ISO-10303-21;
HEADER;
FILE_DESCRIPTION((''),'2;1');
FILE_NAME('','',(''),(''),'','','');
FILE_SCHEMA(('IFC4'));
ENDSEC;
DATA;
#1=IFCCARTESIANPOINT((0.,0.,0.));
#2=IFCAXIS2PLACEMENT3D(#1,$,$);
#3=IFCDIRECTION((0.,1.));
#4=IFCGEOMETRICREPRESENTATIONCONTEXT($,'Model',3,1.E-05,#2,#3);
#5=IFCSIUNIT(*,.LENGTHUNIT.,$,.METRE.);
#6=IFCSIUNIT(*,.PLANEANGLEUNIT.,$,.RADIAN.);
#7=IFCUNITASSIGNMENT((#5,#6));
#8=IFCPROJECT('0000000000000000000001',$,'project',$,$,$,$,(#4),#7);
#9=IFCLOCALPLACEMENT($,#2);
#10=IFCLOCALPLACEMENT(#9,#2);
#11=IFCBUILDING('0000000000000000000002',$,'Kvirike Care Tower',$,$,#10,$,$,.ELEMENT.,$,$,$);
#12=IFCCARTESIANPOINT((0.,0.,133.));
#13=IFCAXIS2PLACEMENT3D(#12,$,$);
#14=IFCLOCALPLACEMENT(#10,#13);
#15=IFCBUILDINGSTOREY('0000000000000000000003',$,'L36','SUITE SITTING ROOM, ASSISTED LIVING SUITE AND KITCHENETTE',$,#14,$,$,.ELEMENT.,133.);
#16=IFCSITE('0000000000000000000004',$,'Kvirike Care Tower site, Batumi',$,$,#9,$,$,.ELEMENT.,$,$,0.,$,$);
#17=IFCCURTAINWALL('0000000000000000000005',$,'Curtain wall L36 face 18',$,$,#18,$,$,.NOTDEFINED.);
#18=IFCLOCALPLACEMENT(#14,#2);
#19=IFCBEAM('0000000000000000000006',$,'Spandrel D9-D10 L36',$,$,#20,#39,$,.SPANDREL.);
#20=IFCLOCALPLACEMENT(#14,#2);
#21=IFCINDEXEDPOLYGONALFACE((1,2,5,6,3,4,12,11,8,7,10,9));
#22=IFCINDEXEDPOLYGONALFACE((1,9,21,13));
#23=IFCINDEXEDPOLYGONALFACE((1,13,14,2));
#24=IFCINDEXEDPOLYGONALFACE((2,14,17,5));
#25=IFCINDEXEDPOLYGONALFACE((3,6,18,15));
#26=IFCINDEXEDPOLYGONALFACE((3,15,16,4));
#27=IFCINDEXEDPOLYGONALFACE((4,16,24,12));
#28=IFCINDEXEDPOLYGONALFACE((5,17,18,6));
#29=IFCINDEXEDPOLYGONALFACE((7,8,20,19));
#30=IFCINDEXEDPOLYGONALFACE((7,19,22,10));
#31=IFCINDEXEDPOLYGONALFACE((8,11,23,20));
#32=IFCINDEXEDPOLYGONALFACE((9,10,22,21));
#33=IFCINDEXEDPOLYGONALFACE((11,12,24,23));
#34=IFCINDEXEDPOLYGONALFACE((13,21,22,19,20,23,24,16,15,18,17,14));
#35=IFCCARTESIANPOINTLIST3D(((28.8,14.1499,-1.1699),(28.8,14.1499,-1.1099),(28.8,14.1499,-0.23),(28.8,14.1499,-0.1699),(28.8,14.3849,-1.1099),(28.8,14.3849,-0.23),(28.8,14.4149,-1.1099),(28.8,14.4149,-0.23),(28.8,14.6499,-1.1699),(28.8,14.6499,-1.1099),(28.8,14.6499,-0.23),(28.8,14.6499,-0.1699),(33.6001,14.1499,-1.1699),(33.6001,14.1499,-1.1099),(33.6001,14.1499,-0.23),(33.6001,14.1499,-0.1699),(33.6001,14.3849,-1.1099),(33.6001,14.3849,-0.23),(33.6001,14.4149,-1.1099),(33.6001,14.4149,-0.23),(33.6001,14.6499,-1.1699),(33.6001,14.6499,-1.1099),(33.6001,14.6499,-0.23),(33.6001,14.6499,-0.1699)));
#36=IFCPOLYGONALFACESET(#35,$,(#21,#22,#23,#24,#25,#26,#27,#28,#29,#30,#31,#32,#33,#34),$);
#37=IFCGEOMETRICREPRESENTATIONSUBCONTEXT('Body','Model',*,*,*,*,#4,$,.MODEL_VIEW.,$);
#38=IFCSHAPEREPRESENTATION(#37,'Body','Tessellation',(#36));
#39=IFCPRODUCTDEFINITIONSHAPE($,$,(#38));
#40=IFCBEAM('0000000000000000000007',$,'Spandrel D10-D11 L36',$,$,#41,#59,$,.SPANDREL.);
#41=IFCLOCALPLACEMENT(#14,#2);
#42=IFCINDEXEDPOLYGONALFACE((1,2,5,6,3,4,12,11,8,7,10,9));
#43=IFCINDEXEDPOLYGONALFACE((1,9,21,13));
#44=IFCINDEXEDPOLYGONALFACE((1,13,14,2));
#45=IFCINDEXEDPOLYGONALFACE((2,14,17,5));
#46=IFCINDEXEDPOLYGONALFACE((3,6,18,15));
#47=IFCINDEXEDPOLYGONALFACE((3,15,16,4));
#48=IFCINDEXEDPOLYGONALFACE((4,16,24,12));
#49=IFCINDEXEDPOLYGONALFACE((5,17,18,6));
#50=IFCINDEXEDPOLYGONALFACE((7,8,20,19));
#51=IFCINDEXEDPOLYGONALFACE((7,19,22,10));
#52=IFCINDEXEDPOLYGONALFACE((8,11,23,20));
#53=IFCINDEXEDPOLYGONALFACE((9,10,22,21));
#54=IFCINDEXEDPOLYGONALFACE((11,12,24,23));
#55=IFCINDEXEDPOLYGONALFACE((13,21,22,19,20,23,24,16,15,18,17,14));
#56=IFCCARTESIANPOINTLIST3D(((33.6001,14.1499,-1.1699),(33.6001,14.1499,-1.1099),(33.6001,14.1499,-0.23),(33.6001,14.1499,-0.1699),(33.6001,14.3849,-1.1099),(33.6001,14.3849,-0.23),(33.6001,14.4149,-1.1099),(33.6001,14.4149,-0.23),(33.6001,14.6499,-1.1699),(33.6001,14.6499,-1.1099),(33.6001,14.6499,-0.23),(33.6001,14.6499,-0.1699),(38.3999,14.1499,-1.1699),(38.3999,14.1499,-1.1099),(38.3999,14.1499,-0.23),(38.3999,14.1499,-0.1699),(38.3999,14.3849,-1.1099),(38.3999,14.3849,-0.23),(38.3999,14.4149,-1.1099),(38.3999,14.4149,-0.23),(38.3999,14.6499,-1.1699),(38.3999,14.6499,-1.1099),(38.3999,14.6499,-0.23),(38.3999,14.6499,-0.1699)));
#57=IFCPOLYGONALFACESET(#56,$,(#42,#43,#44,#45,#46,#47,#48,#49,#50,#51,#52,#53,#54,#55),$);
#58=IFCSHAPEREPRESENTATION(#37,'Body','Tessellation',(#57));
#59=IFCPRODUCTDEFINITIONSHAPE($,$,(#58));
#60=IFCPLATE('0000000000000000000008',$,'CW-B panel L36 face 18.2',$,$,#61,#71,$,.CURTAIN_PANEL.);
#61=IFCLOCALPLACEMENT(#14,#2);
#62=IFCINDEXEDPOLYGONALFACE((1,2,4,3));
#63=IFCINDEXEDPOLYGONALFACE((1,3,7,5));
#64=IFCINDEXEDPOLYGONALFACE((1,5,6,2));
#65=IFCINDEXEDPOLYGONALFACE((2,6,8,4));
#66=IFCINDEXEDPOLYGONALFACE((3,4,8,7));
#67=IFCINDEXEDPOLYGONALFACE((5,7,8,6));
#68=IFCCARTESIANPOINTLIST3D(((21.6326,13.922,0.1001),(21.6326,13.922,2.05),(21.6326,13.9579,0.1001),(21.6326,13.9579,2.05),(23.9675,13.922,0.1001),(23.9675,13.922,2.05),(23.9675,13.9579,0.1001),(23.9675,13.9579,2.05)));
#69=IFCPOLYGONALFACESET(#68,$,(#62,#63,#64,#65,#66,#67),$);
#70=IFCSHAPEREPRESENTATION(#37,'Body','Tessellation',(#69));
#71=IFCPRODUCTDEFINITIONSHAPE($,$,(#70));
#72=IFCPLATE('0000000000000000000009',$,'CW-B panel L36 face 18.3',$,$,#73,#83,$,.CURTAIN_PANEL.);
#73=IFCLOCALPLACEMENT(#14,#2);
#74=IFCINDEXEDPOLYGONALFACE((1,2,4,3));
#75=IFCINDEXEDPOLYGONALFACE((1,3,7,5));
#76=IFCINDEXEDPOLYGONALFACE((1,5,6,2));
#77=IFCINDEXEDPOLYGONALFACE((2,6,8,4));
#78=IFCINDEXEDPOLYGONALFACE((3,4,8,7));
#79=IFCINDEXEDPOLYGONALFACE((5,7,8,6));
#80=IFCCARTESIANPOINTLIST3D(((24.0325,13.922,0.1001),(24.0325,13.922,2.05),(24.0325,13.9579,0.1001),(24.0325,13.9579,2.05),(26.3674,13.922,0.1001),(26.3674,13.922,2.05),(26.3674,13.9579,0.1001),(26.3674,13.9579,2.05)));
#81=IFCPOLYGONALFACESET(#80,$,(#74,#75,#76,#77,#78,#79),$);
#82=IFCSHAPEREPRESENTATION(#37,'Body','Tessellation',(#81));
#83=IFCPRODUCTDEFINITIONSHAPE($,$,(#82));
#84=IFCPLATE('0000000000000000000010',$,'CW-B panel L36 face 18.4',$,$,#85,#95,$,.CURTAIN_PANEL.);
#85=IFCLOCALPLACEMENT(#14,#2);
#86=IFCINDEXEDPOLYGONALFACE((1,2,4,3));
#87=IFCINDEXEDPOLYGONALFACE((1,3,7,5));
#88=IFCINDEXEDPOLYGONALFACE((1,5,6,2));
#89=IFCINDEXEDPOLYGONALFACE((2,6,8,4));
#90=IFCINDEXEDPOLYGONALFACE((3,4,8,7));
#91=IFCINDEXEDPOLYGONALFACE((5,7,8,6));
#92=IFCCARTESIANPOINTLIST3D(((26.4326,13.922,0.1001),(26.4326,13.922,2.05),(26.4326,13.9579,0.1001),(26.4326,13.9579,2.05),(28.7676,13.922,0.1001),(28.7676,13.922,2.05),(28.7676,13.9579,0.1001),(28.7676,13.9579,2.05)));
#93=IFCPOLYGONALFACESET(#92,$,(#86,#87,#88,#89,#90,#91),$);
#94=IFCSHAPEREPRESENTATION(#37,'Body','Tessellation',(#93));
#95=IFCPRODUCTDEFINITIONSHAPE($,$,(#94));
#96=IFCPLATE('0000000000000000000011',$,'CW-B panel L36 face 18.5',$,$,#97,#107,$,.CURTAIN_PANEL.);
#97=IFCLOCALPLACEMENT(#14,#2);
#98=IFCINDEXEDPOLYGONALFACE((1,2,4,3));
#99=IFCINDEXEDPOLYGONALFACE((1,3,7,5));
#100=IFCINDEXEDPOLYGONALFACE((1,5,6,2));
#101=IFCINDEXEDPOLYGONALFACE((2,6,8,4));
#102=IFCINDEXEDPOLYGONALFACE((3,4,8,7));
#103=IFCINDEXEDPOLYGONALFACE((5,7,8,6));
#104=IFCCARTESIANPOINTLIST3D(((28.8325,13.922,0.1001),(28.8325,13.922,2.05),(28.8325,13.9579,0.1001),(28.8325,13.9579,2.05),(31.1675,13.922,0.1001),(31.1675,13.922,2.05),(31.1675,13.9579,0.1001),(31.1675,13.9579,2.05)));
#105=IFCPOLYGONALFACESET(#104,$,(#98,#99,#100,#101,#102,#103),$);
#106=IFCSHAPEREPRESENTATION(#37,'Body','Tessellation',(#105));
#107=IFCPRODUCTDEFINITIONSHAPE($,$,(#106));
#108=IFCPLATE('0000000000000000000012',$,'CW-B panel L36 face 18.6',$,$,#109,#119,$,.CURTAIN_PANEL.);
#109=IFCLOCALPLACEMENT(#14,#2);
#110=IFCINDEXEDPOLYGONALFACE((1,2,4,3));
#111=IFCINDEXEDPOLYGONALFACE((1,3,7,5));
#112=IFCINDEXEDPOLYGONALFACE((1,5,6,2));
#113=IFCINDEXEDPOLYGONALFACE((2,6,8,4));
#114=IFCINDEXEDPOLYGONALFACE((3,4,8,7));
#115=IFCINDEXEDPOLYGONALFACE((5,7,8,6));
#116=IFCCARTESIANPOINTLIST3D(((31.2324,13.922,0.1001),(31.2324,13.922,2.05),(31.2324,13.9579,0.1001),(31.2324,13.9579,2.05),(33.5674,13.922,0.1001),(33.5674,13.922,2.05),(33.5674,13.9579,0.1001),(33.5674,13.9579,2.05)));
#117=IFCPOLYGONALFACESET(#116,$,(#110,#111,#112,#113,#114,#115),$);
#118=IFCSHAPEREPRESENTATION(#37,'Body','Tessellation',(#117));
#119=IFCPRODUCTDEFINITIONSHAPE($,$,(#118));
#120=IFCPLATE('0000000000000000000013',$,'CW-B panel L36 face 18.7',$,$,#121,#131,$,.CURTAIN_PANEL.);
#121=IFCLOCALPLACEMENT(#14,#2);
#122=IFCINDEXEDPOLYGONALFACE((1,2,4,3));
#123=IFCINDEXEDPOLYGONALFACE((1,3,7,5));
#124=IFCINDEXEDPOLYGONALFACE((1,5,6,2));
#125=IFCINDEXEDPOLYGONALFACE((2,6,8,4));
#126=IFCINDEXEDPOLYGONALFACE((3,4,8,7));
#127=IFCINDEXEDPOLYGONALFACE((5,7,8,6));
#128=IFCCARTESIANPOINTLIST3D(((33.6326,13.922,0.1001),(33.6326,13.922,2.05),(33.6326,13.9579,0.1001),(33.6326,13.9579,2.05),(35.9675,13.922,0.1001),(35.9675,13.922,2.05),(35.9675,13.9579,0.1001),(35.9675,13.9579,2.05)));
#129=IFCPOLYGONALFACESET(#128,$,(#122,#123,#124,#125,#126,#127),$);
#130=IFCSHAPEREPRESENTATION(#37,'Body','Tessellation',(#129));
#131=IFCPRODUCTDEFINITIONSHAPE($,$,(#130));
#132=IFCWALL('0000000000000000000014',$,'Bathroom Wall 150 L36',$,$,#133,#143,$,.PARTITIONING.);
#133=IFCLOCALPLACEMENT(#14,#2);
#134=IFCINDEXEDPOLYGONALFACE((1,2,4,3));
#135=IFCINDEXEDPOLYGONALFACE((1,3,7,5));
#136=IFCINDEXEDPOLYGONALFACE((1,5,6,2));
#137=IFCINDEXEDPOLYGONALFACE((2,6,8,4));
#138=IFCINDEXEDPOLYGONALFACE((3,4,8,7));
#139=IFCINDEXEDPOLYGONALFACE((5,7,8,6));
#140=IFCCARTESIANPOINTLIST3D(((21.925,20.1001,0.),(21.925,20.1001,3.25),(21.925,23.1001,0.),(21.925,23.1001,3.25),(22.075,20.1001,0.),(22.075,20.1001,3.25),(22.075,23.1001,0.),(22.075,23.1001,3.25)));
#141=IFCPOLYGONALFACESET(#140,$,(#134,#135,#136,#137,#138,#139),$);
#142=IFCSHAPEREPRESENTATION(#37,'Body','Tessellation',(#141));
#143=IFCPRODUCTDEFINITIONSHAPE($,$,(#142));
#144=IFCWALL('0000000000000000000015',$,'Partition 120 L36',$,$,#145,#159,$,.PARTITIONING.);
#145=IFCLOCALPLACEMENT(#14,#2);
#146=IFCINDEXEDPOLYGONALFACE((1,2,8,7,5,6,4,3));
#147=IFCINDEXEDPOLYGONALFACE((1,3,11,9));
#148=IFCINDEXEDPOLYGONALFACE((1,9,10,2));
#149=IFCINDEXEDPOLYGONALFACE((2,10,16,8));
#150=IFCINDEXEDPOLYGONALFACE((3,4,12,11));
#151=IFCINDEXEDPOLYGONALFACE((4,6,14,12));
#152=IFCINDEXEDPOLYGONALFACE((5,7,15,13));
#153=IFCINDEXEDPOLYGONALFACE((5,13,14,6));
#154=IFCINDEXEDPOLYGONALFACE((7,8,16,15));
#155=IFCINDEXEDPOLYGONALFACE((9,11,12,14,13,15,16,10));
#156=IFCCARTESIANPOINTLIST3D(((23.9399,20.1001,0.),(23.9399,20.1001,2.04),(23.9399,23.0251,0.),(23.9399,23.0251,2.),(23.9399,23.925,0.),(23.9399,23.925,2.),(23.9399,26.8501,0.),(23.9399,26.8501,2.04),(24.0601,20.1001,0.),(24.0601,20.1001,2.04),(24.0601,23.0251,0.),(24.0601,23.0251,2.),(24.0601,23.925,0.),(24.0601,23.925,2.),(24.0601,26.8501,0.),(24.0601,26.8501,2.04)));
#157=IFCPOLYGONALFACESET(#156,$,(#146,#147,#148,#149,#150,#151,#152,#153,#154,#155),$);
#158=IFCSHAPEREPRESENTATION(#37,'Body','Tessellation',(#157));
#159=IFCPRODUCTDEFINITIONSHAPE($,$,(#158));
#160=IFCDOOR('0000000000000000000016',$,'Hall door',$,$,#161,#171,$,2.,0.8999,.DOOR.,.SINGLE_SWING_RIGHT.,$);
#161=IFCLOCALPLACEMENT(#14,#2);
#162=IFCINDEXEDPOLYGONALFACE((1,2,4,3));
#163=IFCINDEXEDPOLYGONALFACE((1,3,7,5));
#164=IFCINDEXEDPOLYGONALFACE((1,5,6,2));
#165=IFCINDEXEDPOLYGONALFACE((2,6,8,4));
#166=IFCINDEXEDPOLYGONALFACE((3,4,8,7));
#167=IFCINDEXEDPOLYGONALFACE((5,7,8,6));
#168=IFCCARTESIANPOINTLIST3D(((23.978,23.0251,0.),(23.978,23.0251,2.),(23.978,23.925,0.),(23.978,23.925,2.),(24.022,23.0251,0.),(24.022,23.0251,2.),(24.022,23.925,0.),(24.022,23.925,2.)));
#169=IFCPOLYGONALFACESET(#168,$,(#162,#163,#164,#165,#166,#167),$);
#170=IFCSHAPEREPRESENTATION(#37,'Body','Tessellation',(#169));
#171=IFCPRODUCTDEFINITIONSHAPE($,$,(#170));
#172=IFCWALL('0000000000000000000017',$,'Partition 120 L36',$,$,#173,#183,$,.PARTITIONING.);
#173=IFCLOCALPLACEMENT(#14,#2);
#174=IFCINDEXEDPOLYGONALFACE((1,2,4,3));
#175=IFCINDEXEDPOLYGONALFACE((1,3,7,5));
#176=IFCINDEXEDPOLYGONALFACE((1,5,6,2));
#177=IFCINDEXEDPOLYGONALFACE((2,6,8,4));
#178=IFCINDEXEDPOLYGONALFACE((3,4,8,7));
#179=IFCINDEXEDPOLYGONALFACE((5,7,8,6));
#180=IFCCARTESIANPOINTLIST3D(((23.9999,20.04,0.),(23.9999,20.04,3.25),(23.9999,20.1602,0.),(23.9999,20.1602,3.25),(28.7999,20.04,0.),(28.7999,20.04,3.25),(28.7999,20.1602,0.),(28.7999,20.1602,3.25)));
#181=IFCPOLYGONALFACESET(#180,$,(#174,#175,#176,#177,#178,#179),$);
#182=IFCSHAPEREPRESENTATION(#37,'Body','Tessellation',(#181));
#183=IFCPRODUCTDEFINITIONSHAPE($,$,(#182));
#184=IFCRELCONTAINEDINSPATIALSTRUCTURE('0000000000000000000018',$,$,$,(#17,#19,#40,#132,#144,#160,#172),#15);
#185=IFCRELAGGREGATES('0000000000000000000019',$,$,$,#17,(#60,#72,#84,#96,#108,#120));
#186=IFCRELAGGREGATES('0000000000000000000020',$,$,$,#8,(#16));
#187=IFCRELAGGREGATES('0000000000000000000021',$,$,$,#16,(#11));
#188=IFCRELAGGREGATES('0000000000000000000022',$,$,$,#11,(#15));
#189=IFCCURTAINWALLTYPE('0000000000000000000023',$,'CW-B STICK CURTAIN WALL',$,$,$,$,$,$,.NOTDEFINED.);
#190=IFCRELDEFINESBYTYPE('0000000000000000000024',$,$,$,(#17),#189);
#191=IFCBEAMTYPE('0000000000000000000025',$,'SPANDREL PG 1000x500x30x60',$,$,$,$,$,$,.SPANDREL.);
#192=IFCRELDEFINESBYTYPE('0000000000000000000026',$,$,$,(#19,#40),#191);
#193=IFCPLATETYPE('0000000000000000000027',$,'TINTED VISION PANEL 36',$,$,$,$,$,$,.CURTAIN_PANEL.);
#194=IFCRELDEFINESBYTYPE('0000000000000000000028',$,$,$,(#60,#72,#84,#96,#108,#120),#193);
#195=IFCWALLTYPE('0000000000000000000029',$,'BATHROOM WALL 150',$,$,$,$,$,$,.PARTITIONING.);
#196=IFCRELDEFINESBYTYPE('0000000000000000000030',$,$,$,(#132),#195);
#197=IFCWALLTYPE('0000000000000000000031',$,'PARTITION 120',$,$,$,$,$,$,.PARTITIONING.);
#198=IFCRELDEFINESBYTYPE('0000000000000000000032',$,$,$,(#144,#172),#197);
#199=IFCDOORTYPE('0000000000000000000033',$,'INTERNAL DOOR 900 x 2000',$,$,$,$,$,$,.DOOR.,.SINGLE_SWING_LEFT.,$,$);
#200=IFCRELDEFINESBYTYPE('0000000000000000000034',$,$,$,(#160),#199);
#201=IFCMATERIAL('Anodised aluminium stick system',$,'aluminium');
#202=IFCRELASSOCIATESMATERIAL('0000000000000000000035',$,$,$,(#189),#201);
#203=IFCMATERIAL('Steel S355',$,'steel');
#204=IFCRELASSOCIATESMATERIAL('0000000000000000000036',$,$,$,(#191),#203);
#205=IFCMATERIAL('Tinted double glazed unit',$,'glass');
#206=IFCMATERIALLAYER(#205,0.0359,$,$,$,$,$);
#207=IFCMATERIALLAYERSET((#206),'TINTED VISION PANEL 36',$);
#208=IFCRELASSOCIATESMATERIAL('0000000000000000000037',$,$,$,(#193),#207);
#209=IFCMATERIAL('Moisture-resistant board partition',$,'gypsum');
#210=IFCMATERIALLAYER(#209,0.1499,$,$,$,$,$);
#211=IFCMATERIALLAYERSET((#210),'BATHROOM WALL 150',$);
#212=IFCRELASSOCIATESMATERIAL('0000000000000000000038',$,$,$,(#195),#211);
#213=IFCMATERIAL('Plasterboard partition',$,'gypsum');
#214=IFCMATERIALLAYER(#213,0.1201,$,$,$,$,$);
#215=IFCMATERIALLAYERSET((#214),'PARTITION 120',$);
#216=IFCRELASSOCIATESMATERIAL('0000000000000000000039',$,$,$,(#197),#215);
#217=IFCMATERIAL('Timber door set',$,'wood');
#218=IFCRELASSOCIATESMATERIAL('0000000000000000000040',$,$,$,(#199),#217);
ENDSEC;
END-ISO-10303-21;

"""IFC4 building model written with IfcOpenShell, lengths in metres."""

from ifc_helpers import new_model, si_unit, direction, frame, frame_2d, origin, origin_2d, place, context, subcontext, project, spatial, rectangle, i_section, extrude, material, layer, layer_set, material_profile, profile_set, type_object, element, fill, aggregate, save


model = new_model("IFC4")

# Units and contexts
model_context = context("Model", 3, precision=1e-05, world=origin(), true_north=direction((0.0, 1.0)))
body_context = subcontext(model_context, "Body", "Model", "MODEL_VIEW")
ifc_project = project(units=[si_unit("LENGTHUNIT", "METRE"), si_unit("PLANEANGLEUNIT", "RADIAN")], contexts=[model_context])

# Site, building, storey
site_placement = place(None, origin())
site = spatial("IfcSite", under=ifc_project, at=site_placement, Name="Kvirike Care Tower site, Batumi", CompositionType="ELEMENT", RefElevation=0.0)
building_placement = place(site_placement, origin())
building = spatial("IfcBuilding", under=site, at=building_placement, Name="Kvirike Care Tower", CompositionType="ELEMENT")
storey_placement = place(building_placement, frame((0.0, 0.0, 133.0)))
storey = spatial("IfcBuildingStorey", under=building, at=storey_placement, Name="L36", Description="SUITE SITTING ROOM, ASSISTED LIVING SUITE AND KITCHENETTE", CompositionType="ELEMENT", Elevation=133.0)

# Curtain wall
ifc_material_1 = material(Name="Anodised aluminium stick system", Category="aluminium")
curtain_wall_type = type_object("IfcCurtainWallType", Name="CW-B STICK CURTAIN WALL", PredefinedType="NOTDEFINED", material=ifc_material_1)
curtain_wall_placement = place(storey_placement, origin())
curtain_wall = element("IfcCurtainWall", 1, at=curtain_wall_placement, inside=storey, type_object=curtain_wall_type, Name="Curtain wall L36 face 18", PredefinedType="NOTDEFINED")

# Beams
ifc_material_2 = material(Name="Steel S355", Category="steel")
ifc_material_profile_1 = material_profile(ifc_material_2, i_section(OverallWidth=0.5, OverallDepth=1.0, WebThickness=0.03, FlangeThickness=0.0601, at=origin_2d()), Name="PG 1000x500x30x60")
ifc_profile_set_1 = profile_set([ifc_material_profile_1], Name="Steel S355")
beam_type_1 = type_object("IfcBeamType", Name="SPANDREL PG 1000x500x30x60", PredefinedType="SPANDREL", material=ifc_profile_set_1)
for number, where, z_axis, x_axis, name in (
    (2, (28.8, 14.3999, -0.6699), (1.0, 0.0, 0.0), (0.0, 1.0, 0.0), "Spandrel D9-D10 L36"),
):
    element("IfcBeam", number, at=place(storey_placement, frame(where, z_axis=z_axis, x_axis=x_axis)), inside=storey, type_object=beam_type_1, Name=name, PredefinedType="SPANDREL", context=body_context, shape_type="SweptSolid", body=[
        extrude(i_section(OverallWidth=0.5, OverallDepth=1.0, WebThickness=0.03, FlangeThickness=0.0601, at=origin_2d()), origin(), (0.0, 0.0, 1.0), 4.8),
    ])
beam_1_placement = place(storey_placement, frame((33.6001, 14.3999, -0.6699), z_axis=(1.0, 0.0, 0.0), x_axis=(0.0, 1.0, 0.0)))
element("IfcBeam", 3, at=beam_1_placement, inside=storey, type_object=beam_type_1, Name="Spandrel D10-D11 L36", PredefinedType="SPANDREL", context=body_context, shape_type="SweptSolid", body=[
    extrude(i_section(OverallWidth=0.5, OverallDepth=1.0, WebThickness=0.03, FlangeThickness=0.0601, at=origin_2d()), origin(), (0.0, 0.0, 1.0), 4.7998),
])

# Plates
ifc_material_3 = material(Name="Tinted double glazed unit", Category="glass")
ifc_layer_1 = layer(ifc_material_3, 0.0359)
ifc_layer_set_1 = layer_set([ifc_layer_1], Name="TINTED VISION PANEL 36")
plate_type = type_object("IfcPlateType", Name="TINTED VISION PANEL 36", PredefinedType="CURTAIN_PANEL", material=ifc_layer_set_1)
plate_1_placement = place(storey_placement, frame((22.8, 13.9399, 0.1001), z_axis=(0.0, 0.0, 1.0), x_axis=(1.0, 0.0, 0.0)))
plate_1 = element("IfcPlate", 4, at=plate_1_placement, type_object=plate_type, Name="CW-B panel L36 face 18.2", PredefinedType="CURTAIN_PANEL", context=body_context, shape_type="SweptSolid", body=[
    extrude(rectangle(XDim=2.335, YDim=0.0359, at=origin_2d()), origin(), (0.0, 0.0, 1.0), 1.95),
])
plate_2_placement = place(storey_placement, frame((25.2, 13.9399, 0.1001), z_axis=(0.0, 0.0, 1.0), x_axis=(1.0, 0.0, 0.0)))
plate_2 = element("IfcPlate", 5, at=plate_2_placement, type_object=plate_type, Name="CW-B panel L36 face 18.3", PredefinedType="CURTAIN_PANEL", context=body_context, shape_type="SweptSolid", body=[
    extrude(rectangle(XDim=2.335, YDim=0.0359, at=origin_2d()), origin(), (0.0, 0.0, 1.0), 1.95),
])
plate_3_placement = place(storey_placement, frame((27.6001, 13.9399, 0.1001), z_axis=(0.0, 0.0, 1.0), x_axis=(1.0, 0.0, 0.0)))
plate_3 = element("IfcPlate", 6, at=plate_3_placement, type_object=plate_type, Name="CW-B panel L36 face 18.4", PredefinedType="CURTAIN_PANEL", context=body_context, shape_type="SweptSolid", body=[
    extrude(rectangle(XDim=2.335, YDim=0.0359, at=origin_2d()), origin(), (0.0, 0.0, 1.0), 1.95),
])
plate_4_placement = place(storey_placement, frame((30.0, 13.9399, 0.1001), z_axis=(0.0, 0.0, 1.0), x_axis=(1.0, 0.0, 0.0)))
plate_4 = element("IfcPlate", 7, at=plate_4_placement, type_object=plate_type, Name="CW-B panel L36 face 18.5", PredefinedType="CURTAIN_PANEL", context=body_context, shape_type="SweptSolid", body=[
    extrude(rectangle(XDim=2.335, YDim=0.0359, at=origin_2d()), origin(), (0.0, 0.0, 1.0), 1.95),
])
plate_5_placement = place(storey_placement, frame((32.3999, 13.9399, 0.1001), z_axis=(0.0, 0.0, 1.0), x_axis=(1.0, 0.0, 0.0)))
plate_5 = element("IfcPlate", 8, at=plate_5_placement, type_object=plate_type, Name="CW-B panel L36 face 18.6", PredefinedType="CURTAIN_PANEL", context=body_context, shape_type="SweptSolid", body=[
    extrude(rectangle(XDim=2.335, YDim=0.0359, at=origin_2d()), origin(), (0.0, 0.0, 1.0), 1.95),
])
plate_6_placement = place(storey_placement, frame((34.8, 13.9399, 0.1001), z_axis=(0.0, 0.0, 1.0), x_axis=(1.0, 0.0, 0.0)))
plate_6 = element("IfcPlate", 9, at=plate_6_placement, type_object=plate_type, Name="CW-B panel L36 face 18.7", PredefinedType="CURTAIN_PANEL", context=body_context, shape_type="SweptSolid", body=[
    extrude(rectangle(XDim=2.335, YDim=0.0359, at=origin_2d()), origin(), (0.0, 0.0, 1.0), 1.95),
])
aggregate(curtain_wall, [plate_1, plate_2, plate_3, plate_4, plate_5, plate_6])

# Wall
ifc_material_4 = material(Name="Moisture-resistant board partition", Category="gypsum")
ifc_layer_2 = layer(ifc_material_4, 0.1499)
ifc_layer_set_2 = layer_set([ifc_layer_2], Name="BATHROOM WALL 150")
wall_type_1 = type_object("IfcWallType", Name="BATHROOM WALL 150", PredefinedType="PARTITIONING", material=ifc_layer_set_2)
wall_1_placement = place(storey_placement, frame((22.0, 20.1001, 0.0), z_axis=(0.0, 0.0, 1.0), x_axis=(0.0, 1.0, 0.0)))
element("IfcWall", 10, at=wall_1_placement, inside=storey, type_object=wall_type_1, Name="Bathroom Wall 150 L36", PredefinedType="PARTITIONING", context=body_context, shape_type="SweptSolid", body=[
    extrude(rectangle(XDim=3.0, YDim=0.1499, at=frame_2d((1.5, 0.0))), origin(), (0.0, 0.0, 1.0), 3.25),
])

# Wall, opening, door
ifc_material_5 = material(Name="Plasterboard partition", Category="gypsum")
ifc_layer_3 = layer(ifc_material_5, 0.1201)
ifc_layer_set_3 = layer_set([ifc_layer_3], Name="PARTITION 120")
wall_type_2 = type_object("IfcWallType", Name="PARTITION 120", PredefinedType="PARTITIONING", material=ifc_layer_set_3)
wall_2_placement = place(storey_placement, frame((24.0, 20.1001, 0.0), z_axis=(0.0, 0.0, 1.0), x_axis=(0.0, 1.0, 0.0)))
wall_2 = element("IfcWall", 11, at=wall_2_placement, inside=storey, type_object=wall_type_2, Name="Partition 120 L36", PredefinedType="PARTITIONING", context=body_context, shape_type="SweptSolid", body=[
    extrude(rectangle(XDim=6.75, YDim=0.1201, at=frame_2d((3.375, 0.0))), origin(), (0.0, 0.0, 1.0), 2.04),
])
opening_placement = place(wall_2_placement, frame((2.925, 0.0, 0.0)))
opening = element("IfcOpeningElement", 12, at=opening_placement, cuts=wall_2, PredefinedType="OPENING", context=body_context, shape_type="SweptSolid", body=[
    extrude(rectangle(XDim=0.8999, YDim=2.0, at=frame_2d((0.45, 1.0))), frame((0.0, 0.0706, 0.0), z_axis=(0.0, -1.0, 0.0), x_axis=(1.0, 0.0, 0.0)), (0.0, 0.0, 1.0), 0.1411),
])
ifc_material_6 = material(Name="Timber door set", Category="wood")
door_type = type_object("IfcDoorType", Name="INTERNAL DOOR 900 x 2000", OperationType="SINGLE_SWING_LEFT", PredefinedType="DOOR", material=ifc_material_6)
door_placement = place(opening_placement, frame((0.8999, 0.0, 0.0), z_axis=(0.0, 0.0, 1.0), x_axis=(-1.0, 0.0, 0.0)))
door = element("IfcDoor", 13, at=door_placement, inside=storey, type_object=door_type, Name="Hall door", OperationType="SINGLE_SWING_RIGHT", OverallHeight=2.0, OverallWidth=0.8999, PredefinedType="DOOR", context=body_context, shape_type="SweptSolid", body=[
    extrude(rectangle(XDim=0.8999, YDim=2.0, at=frame_2d((0.45, 1.0))), frame((0.0, 0.022, 0.0), z_axis=(0.0, -1.0, 0.0), x_axis=(1.0, 0.0, 0.0)), (0.0, 0.0, 1.0), 0.0439),
])
fill(opening, door)

# Wall
wall_3_placement = place(storey_placement, frame((24.0, 20.1001, 0.0), z_axis=(0.0, 0.0, 1.0), x_axis=(1.0, 0.0, 0.0)))
element("IfcWall", 14, at=wall_3_placement, inside=storey, type_object=wall_type_2, Name="Partition 120 L36", PredefinedType="PARTITIONING", context=body_context, shape_type="SweptSolid", body=[
    extrude(rectangle(XDim=4.8, YDim=0.1201, at=frame_2d((2.3999, 0.0))), origin(), (0.0, 0.0, 1.0), 3.25),
])

save(model, "model.ifc")
